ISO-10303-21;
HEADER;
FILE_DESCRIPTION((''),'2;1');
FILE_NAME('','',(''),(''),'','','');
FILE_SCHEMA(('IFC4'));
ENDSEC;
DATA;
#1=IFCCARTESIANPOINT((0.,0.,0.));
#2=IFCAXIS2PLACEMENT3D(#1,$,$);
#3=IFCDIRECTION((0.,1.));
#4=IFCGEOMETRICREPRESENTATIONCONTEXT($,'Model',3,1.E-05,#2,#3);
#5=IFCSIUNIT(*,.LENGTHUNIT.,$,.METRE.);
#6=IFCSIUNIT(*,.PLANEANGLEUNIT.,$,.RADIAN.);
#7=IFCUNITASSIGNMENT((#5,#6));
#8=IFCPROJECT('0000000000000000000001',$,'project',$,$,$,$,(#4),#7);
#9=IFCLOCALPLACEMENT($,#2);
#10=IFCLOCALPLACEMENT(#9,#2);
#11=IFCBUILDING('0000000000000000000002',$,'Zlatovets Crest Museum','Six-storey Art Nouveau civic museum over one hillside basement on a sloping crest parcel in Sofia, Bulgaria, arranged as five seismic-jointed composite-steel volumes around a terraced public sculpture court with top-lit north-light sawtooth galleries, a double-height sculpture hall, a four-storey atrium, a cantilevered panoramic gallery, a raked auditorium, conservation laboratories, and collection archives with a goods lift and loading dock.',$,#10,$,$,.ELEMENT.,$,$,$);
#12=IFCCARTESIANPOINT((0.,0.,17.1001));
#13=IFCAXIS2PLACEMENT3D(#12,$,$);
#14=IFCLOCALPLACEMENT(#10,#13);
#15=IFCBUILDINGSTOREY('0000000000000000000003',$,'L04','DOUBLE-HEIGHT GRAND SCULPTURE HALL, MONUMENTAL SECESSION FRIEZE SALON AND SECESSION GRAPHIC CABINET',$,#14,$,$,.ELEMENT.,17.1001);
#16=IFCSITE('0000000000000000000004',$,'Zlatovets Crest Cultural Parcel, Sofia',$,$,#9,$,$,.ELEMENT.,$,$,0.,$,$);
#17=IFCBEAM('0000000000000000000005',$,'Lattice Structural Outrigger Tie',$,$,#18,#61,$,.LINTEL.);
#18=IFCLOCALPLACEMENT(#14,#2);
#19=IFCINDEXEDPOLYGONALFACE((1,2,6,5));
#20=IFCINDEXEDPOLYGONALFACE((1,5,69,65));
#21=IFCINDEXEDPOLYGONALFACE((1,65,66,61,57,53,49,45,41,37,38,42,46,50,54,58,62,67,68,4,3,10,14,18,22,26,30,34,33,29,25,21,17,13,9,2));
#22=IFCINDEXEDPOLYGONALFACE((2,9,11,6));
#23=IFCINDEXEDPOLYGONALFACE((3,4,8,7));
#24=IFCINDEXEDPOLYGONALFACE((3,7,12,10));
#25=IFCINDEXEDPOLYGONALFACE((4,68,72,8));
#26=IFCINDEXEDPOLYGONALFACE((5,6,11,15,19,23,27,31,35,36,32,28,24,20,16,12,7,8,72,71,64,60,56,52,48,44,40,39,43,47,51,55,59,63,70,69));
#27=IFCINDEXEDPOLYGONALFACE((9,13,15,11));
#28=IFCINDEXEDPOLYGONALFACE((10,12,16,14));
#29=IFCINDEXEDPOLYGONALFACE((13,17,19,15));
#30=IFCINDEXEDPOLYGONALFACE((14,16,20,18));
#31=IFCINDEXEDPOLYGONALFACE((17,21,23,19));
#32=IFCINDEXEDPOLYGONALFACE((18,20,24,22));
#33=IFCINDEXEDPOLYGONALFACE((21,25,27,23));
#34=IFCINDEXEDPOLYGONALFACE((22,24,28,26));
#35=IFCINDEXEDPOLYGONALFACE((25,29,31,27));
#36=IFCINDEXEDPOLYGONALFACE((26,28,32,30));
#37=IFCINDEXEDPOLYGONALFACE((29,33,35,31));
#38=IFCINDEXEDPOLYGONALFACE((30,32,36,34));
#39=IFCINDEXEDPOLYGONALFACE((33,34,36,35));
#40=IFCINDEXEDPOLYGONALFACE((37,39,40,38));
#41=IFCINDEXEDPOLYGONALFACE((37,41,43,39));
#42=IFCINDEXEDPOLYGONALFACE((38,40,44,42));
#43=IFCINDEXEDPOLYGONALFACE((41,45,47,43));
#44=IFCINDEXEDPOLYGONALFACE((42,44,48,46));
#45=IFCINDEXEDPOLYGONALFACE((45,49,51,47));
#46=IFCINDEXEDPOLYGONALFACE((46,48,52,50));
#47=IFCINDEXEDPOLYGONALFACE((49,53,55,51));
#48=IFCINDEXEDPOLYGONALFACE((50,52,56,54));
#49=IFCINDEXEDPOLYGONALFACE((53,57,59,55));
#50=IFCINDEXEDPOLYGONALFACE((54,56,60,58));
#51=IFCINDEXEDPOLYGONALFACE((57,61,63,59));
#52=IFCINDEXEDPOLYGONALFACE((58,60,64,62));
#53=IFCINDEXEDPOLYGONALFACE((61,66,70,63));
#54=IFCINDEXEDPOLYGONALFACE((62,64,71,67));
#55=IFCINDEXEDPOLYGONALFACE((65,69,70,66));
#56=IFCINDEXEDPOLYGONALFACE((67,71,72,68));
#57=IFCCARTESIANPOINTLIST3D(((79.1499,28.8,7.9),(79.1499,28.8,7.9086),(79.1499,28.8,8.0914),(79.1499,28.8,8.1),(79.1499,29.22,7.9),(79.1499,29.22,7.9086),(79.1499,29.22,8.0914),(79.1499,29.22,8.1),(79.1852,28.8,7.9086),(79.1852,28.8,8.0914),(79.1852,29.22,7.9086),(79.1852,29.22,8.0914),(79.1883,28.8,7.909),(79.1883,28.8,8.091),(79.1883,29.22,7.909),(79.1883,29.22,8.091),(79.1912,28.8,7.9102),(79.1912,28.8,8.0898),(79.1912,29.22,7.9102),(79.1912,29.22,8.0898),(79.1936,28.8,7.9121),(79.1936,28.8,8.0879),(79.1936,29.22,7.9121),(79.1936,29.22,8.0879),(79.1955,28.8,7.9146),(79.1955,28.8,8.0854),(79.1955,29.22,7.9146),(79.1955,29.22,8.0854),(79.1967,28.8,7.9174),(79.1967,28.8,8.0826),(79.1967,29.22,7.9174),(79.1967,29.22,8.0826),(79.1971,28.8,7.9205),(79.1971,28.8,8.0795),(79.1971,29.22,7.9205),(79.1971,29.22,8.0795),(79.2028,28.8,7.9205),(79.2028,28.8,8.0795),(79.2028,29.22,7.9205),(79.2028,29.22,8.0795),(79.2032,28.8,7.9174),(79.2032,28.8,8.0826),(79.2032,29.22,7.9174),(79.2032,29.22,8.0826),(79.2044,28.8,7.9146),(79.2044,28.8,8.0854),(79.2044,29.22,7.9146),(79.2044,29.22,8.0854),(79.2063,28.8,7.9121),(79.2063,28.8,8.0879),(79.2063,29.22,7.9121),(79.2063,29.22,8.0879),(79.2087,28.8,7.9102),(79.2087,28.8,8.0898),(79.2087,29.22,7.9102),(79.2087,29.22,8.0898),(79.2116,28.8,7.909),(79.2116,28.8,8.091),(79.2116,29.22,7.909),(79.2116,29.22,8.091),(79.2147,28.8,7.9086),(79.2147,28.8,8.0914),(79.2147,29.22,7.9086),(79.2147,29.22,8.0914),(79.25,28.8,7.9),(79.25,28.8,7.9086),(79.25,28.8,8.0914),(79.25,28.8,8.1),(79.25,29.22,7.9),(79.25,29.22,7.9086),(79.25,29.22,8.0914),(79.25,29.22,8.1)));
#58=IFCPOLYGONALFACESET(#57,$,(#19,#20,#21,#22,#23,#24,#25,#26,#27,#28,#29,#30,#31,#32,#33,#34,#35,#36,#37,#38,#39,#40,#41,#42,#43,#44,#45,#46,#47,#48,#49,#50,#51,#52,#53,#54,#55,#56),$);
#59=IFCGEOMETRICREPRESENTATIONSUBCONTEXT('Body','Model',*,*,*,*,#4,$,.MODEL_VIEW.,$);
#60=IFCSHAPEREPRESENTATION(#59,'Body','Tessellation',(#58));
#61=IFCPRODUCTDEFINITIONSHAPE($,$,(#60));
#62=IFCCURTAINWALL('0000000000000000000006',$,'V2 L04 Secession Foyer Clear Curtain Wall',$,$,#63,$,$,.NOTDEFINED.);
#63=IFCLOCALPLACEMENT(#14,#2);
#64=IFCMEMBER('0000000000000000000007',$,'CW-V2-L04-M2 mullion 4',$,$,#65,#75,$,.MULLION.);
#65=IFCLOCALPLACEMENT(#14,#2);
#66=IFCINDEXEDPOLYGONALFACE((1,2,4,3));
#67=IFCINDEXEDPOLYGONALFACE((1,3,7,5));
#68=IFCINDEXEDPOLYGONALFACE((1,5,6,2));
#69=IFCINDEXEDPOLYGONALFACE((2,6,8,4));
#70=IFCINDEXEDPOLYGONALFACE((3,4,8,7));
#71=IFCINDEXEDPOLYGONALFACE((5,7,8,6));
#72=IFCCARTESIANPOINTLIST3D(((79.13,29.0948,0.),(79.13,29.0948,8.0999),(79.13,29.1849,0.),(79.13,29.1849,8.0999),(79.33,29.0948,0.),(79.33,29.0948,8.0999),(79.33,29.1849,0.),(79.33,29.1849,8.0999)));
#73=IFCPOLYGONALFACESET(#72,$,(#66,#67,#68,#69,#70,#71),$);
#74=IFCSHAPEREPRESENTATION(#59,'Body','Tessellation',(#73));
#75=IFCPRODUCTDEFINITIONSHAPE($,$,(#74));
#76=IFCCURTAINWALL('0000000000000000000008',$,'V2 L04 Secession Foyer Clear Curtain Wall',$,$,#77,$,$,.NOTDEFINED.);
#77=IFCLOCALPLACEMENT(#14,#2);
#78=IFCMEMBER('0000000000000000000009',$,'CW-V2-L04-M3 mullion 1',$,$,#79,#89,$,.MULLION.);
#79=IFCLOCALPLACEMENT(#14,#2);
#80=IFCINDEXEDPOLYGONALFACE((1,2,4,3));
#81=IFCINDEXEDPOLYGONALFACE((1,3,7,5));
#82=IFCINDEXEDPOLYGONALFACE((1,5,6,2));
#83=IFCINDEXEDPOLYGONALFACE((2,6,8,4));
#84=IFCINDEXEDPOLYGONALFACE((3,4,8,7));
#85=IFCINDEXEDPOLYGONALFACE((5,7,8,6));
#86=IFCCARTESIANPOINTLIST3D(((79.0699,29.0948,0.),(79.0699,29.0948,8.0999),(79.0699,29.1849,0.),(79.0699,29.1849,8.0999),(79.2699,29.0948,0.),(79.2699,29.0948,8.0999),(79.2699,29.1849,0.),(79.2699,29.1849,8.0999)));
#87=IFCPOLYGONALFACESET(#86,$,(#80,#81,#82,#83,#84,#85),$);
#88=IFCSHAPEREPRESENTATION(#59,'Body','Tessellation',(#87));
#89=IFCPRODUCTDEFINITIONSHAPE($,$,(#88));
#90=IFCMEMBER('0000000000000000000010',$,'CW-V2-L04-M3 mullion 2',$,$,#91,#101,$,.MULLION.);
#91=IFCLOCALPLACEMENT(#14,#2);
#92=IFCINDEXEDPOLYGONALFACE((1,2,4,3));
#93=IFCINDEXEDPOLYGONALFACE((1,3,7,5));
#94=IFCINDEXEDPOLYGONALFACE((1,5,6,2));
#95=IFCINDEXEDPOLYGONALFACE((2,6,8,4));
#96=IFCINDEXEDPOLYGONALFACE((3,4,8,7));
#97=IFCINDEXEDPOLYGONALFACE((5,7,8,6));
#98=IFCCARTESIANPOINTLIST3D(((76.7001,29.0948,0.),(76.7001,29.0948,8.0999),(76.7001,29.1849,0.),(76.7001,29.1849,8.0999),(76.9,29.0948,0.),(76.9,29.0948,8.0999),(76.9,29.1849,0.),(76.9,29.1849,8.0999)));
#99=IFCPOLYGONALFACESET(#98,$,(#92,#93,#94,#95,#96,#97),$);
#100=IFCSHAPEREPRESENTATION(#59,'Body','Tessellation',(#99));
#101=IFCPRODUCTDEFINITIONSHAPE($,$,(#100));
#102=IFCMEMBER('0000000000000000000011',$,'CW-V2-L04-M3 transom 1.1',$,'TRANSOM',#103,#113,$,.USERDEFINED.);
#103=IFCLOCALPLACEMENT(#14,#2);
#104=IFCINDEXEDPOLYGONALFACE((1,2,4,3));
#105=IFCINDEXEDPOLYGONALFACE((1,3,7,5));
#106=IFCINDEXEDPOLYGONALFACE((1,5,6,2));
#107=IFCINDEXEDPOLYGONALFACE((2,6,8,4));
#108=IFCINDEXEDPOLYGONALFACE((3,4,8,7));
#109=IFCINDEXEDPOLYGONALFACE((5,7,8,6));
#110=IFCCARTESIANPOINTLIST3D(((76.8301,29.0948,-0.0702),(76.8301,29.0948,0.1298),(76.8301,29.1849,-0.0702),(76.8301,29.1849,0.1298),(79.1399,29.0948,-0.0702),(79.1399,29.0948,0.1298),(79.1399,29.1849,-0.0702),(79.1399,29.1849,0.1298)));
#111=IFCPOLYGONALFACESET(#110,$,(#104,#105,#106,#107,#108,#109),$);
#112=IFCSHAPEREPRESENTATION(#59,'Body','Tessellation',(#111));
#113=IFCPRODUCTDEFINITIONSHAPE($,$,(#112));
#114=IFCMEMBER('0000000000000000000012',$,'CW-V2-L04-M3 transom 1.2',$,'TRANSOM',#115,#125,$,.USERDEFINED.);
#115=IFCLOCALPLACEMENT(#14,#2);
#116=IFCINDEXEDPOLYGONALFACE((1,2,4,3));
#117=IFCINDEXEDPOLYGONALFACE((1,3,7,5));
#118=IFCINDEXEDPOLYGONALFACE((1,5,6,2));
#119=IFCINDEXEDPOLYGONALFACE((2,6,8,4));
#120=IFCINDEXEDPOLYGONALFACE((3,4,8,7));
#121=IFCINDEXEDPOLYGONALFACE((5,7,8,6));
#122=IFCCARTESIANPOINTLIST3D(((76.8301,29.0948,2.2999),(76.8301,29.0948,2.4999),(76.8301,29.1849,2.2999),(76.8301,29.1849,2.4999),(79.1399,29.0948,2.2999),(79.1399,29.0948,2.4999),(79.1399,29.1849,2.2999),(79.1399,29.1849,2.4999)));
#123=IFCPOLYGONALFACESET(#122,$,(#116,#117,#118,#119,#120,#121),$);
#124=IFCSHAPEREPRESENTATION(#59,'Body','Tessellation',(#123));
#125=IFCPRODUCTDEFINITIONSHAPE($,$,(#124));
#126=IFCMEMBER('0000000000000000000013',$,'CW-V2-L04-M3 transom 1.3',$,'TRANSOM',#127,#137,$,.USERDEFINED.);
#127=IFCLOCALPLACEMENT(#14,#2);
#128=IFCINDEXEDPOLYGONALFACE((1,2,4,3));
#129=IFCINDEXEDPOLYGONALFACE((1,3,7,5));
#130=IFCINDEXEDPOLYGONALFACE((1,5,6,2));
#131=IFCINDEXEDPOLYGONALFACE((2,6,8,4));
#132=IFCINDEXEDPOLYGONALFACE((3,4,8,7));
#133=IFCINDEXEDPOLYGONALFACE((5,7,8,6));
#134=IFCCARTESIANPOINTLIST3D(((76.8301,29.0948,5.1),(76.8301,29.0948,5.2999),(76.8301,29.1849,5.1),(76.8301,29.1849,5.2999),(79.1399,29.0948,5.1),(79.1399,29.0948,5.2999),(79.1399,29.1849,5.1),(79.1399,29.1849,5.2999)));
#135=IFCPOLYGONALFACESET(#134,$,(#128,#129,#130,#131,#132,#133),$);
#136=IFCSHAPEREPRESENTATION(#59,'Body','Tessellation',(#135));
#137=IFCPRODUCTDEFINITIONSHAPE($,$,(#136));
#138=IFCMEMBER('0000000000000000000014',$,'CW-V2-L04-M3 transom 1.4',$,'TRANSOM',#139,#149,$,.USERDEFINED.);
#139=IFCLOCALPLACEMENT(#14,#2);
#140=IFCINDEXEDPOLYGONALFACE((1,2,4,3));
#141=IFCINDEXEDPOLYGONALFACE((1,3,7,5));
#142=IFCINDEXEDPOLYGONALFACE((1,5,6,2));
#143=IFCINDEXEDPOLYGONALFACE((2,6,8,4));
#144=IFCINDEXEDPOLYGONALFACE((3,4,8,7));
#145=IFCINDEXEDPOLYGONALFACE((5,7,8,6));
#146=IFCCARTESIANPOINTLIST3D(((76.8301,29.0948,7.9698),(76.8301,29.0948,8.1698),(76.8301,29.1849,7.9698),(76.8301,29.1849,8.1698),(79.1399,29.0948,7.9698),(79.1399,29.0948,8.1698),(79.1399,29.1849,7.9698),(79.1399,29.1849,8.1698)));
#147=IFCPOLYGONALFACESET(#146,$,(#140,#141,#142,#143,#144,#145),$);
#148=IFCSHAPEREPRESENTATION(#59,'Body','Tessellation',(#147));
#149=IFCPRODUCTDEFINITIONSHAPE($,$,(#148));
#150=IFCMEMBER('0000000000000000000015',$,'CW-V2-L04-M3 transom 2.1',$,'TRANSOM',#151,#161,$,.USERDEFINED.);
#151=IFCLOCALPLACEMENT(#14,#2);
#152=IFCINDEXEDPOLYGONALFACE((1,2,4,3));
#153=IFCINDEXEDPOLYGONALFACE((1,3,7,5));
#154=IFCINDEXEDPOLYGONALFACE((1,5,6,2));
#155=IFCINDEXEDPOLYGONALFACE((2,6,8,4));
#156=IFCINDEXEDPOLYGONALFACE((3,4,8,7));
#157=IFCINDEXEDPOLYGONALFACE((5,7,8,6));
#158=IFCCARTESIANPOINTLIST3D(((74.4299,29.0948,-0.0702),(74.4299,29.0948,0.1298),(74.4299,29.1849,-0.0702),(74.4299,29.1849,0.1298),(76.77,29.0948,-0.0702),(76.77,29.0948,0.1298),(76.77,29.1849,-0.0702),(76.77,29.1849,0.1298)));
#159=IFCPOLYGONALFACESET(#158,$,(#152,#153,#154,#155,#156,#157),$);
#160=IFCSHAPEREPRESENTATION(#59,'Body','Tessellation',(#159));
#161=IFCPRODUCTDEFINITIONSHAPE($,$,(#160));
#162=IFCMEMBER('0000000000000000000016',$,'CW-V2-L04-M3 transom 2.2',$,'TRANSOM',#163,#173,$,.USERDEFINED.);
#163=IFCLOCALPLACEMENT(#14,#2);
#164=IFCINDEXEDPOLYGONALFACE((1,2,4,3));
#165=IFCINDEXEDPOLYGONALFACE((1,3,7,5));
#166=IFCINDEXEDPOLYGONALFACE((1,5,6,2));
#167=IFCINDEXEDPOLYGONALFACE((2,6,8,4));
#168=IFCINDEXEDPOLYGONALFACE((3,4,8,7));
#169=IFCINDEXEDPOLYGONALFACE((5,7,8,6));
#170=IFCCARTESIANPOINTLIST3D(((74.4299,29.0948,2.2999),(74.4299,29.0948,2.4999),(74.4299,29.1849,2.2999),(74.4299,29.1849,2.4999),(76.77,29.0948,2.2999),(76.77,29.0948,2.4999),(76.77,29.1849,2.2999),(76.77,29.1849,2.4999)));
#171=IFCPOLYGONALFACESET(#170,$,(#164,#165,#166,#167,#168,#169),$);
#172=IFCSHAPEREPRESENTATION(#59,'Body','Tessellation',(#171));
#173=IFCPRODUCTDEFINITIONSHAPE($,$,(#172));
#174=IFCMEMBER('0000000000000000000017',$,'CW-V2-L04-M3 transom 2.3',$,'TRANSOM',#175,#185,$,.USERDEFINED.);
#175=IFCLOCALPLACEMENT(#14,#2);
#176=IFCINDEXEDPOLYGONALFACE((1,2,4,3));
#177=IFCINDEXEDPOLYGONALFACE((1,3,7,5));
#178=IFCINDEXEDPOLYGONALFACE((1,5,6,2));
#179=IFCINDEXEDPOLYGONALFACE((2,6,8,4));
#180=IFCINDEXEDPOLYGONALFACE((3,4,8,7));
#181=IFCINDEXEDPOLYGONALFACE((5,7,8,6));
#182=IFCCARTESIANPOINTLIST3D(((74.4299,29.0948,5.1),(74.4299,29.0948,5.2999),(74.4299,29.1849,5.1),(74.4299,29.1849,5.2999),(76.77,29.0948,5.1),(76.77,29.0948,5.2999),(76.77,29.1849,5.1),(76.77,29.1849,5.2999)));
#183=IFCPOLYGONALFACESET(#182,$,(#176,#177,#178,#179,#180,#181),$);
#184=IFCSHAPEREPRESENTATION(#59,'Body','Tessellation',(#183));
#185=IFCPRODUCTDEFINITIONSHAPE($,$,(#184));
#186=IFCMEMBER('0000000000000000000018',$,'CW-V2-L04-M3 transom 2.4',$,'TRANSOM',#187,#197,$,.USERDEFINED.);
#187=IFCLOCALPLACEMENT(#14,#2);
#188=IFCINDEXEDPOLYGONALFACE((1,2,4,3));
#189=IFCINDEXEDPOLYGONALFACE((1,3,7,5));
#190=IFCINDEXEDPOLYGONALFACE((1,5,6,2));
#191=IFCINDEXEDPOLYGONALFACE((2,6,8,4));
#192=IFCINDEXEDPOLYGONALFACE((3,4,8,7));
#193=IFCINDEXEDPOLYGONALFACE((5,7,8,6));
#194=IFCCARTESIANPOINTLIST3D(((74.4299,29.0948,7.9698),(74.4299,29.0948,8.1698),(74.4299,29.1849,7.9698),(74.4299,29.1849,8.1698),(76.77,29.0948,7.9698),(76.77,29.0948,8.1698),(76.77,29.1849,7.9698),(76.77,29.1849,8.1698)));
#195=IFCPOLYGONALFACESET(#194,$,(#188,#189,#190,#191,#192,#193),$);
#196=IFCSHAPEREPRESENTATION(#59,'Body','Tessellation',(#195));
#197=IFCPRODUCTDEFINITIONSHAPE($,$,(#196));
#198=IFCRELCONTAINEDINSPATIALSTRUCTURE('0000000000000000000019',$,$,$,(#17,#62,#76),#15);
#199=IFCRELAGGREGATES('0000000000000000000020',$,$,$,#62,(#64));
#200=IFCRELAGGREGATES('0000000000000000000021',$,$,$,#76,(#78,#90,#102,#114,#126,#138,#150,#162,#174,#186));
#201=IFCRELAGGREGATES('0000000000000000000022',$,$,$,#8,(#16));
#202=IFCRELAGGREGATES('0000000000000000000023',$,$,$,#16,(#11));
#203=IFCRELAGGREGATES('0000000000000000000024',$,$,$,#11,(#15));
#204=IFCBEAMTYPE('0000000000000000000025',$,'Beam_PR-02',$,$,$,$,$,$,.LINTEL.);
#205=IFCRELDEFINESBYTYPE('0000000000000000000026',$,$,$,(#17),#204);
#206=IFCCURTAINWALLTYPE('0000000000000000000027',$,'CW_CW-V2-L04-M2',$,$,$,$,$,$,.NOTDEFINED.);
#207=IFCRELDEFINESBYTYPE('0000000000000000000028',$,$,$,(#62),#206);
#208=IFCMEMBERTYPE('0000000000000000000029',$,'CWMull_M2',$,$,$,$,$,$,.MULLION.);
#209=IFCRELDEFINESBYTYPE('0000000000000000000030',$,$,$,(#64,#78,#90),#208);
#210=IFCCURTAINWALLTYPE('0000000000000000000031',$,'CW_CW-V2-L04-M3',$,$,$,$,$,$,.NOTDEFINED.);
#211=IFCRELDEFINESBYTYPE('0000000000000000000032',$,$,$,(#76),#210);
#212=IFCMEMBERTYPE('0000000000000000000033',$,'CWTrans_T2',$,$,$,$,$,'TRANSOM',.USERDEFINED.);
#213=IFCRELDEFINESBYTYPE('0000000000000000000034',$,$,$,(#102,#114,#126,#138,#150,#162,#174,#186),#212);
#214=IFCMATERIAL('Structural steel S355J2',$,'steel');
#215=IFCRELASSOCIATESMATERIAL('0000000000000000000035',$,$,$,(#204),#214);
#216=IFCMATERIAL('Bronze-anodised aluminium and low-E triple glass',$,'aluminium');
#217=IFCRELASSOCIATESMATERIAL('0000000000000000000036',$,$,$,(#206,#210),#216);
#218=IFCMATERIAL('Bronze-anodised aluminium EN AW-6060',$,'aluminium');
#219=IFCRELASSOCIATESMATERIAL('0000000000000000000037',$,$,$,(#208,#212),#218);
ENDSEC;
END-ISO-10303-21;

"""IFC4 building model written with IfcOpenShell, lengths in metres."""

from ifc_helpers import new_model, si_unit, direction, frame, origin, origin_2d, place, context, subcontext, project, spatial, rectangle, i_section, extrude, material, material_profile, profile_set, type_object, element, aggregate, save


model = new_model("IFC4")

# Units and contexts
model_context = context("Model", 3, precision=1e-05, world=origin(), true_north=direction((0.0, 1.0)))
body_context = subcontext(model_context, "Body", "Model", "MODEL_VIEW")
ifc_project = project(units=[si_unit("LENGTHUNIT", "METRE"), si_unit("PLANEANGLEUNIT", "RADIAN")], contexts=[model_context])

# Site, building, storey
site_placement = place(None, origin())
site = spatial("IfcSite", under=ifc_project, at=site_placement, Name="Zlatovets Crest Cultural Parcel, Sofia", CompositionType="ELEMENT", RefElevation=0.0)
building_placement = place(site_placement, origin())
building = spatial("IfcBuilding", under=site, at=building_placement, Name="Zlatovets Crest Museum", Description="Six-storey Art Nouveau civic museum over one hillside basement on a sloping crest parcel in Sofia, Bulgaria, arranged as five seismic-jointed composite-steel volumes around a terraced public sculpture court with top-lit north-light sawtooth galleries, a double-height sculpture hall, a four-storey atrium, a cantilevered panoramic gallery, a raked auditorium, conservation laboratories, and collection archives with a goods lift and loading dock.", CompositionType="ELEMENT")
storey_placement = place(building_placement, frame((0.0, 0.0, 17.1001)))
storey = spatial("IfcBuildingStorey", under=building, at=storey_placement, Name="L04", Description="DOUBLE-HEIGHT GRAND SCULPTURE HALL, MONUMENTAL SECESSION FRIEZE SALON AND SECESSION GRAPHIC CABINET", CompositionType="ELEMENT", Elevation=17.1001)

# Shared definitions
ifc_material_1 = material(Name="Structural steel S355J2", Category="steel")

# Beam
ifc_material_profile_1 = material_profile(ifc_material_1, i_section(OverallWidth=0.1001, OverallDepth=0.2, WebThickness=0.0056, FlangeThickness=0.0085, FilletRadius=0.012, at=origin_2d()), Name="IPE 200")
ifc_profile_set_1 = profile_set([ifc_material_profile_1], Name="Structural steel S355J2")
beam_type_1 = type_object("IfcBeamType", Name="Beam_PR-02", PredefinedType="LINTEL", material=ifc_profile_set_1)
for number, where, z_axis, x_axis, name in (
    (1, (79.2, 28.8, 8.0), (0.0, 1.0, 0.0), (-1.0, 0.0, 0.0), "Lattice Structural Outrigger Tie"),
):
    element("IfcBeam", number, at=place(storey_placement, frame(where, z_axis=z_axis, x_axis=x_axis)), inside=storey, type_object=beam_type_1, Name=name, PredefinedType="LINTEL", context=body_context, shape_type="SweptSolid", body=[
        extrude(i_section(OverallWidth=0.1001, OverallDepth=0.2, WebThickness=0.0056, FlangeThickness=0.0085, FilletRadius=0.012, at=origin_2d()), origin(), (0.0, 0.0, 1.0), 0.4199),
    ])

# Curtain wall, member
ifc_material_2 = material(Name="Bronze-anodised aluminium and low-E triple glass", Category="aluminium")
curtain_wall_type_1 = type_object("IfcCurtainWallType", Name="CW_CW-V2-L04-M2", PredefinedType="NOTDEFINED", material=ifc_material_2)
curtain_wall_1_placement = place(storey_placement, origin())
curtain_wall_1 = element("IfcCurtainWall", 2, at=curtain_wall_1_placement, inside=storey, type_object=curtain_wall_type_1, Name="V2 L04 Secession Foyer Clear Curtain Wall", PredefinedType="NOTDEFINED")
ifc_material_3 = material(Name="Bronze-anodised aluminium EN AW-6060", Category="aluminium")
ifc_material_profile_2 = material_profile(ifc_material_3, rectangle(XDim=0.0901, YDim=0.2, at=origin_2d()), Name="ALU 90x200")
ifc_profile_set_2 = profile_set([ifc_material_profile_2], Name="Bronze-anodised aluminium EN AW-6060")
member_type_1 = type_object("IfcMemberType", Name="CWMull_M2", PredefinedType="MULLION", material=ifc_profile_set_2)
member_1_placement = place(storey_placement, frame((79.23, 29.1399, 0.0), z_axis=(0.0, 0.0, 1.0), x_axis=(0.0, -1.0, 0.0)))
member_1 = element("IfcMember", 3, at=member_1_placement, type_object=member_type_1, Name="CW-V2-L04-M2 mullion 4", PredefinedType="MULLION", context=body_context, shape_type="SweptSolid", body=[
    extrude(rectangle(XDim=0.0901, YDim=0.2, at=origin_2d()), origin(), (0.0, 0.0, 1.0), 8.0999),
])

# Curtain wall, members
curtain_wall_type_2 = type_object("IfcCurtainWallType", Name="CW_CW-V2-L04-M3", PredefinedType="NOTDEFINED", material=ifc_material_2)
curtain_wall_2_placement = place(storey_placement, origin())
curtain_wall_2 = element("IfcCurtainWall", 4, at=curtain_wall_2_placement, inside=storey, type_object=curtain_wall_type_2, Name="V2 L04 Secession Foyer Clear Curtain Wall", PredefinedType="NOTDEFINED")
member_2_placement = place(storey_placement, frame((79.1699, 29.1399, 0.0), z_axis=(0.0, 0.0, 1.0), x_axis=(0.0, -1.0, 0.0)))
member_2 = element("IfcMember", 5, at=member_2_placement, type_object=member_type_1, Name="CW-V2-L04-M3 mullion 1", PredefinedType="MULLION", context=body_context, shape_type="SweptSolid", body=[
    extrude(rectangle(XDim=0.0901, YDim=0.2, at=origin_2d()), origin(), (0.0, 0.0, 1.0), 8.0999),
])
member_3_placement = place(storey_placement, frame((76.8, 29.1399, 0.0), z_axis=(0.0, 0.0, 1.0), x_axis=(0.0, -1.0, 0.0)))
member_3 = element("IfcMember", 6, at=member_3_placement, type_object=member_type_1, Name="CW-V2-L04-M3 mullion 2", PredefinedType="MULLION", context=body_context, shape_type="SweptSolid", body=[
    extrude(rectangle(XDim=0.0901, YDim=0.2, at=origin_2d()), origin(), (0.0, 0.0, 1.0), 8.0999),
])
ifc_material_profile_3 = material_profile(ifc_material_3, rectangle(XDim=0.0901, YDim=0.2, at=origin_2d()), Name="ALU 90x200")
ifc_profile_set_3 = profile_set([ifc_material_profile_3], Name="Bronze-anodised aluminium EN AW-6060")
member_type_2 = type_object("IfcMemberType", Name="CWTrans_T2", ElementType="TRANSOM", PredefinedType="USERDEFINED", material=ifc_profile_set_3)
member_4_placement = place(storey_placement, frame((79.1399, 29.1399, 0.0298), z_axis=(-1.0, 0.0, 0.0), x_axis=(0.0, -1.0, 0.0)))
member_4 = element("IfcMember", 7, at=member_4_placement, type_object=member_type_2, Name="CW-V2-L04-M3 transom 1.1", ObjectType="TRANSOM", PredefinedType="USERDEFINED", context=body_context, shape_type="SweptSolid", body=[
    extrude(rectangle(XDim=0.0901, YDim=0.2, at=origin_2d()), origin(), (0.0, 0.0, 1.0), 2.3098),
])
member_5_placement = place(storey_placement, frame((79.1399, 29.1399, 2.3999), z_axis=(-1.0, 0.0, 0.0), x_axis=(0.0, -1.0, 0.0)))
member_5 = element("IfcMember", 8, at=member_5_placement, type_object=member_type_2, Name="CW-V2-L04-M3 transom 1.2", ObjectType="TRANSOM", PredefinedType="USERDEFINED", context=body_context, shape_type="SweptSolid", body=[
    extrude(rectangle(XDim=0.0901, YDim=0.2, at=origin_2d()), origin(), (0.0, 0.0, 1.0), 2.3098),
])
member_6_placement = place(storey_placement, frame((79.1399, 29.1399, 5.2), z_axis=(-1.0, 0.0, 0.0), x_axis=(0.0, -1.0, 0.0)))
member_6 = element("IfcMember", 9, at=member_6_placement, type_object=member_type_2, Name="CW-V2-L04-M3 transom 1.3", ObjectType="TRANSOM", PredefinedType="USERDEFINED", context=body_context, shape_type="SweptSolid", body=[
    extrude(rectangle(XDim=0.0901, YDim=0.2, at=origin_2d()), origin(), (0.0, 0.0, 1.0), 2.3098),
])
member_7_placement = place(storey_placement, frame((79.1399, 29.1399, 8.0698), z_axis=(-1.0, 0.0, 0.0), x_axis=(0.0, -1.0, 0.0)))
member_7 = element("IfcMember", 10, at=member_7_placement, type_object=member_type_2, Name="CW-V2-L04-M3 transom 1.4", ObjectType="TRANSOM", PredefinedType="USERDEFINED", context=body_context, shape_type="SweptSolid", body=[
    extrude(rectangle(XDim=0.0901, YDim=0.2, at=origin_2d()), origin(), (0.0, 0.0, 1.0), 2.3098),
])
member_8_placement = place(storey_placement, frame((76.77, 29.1399, 0.0298), z_axis=(-1.0, 0.0, 0.0), x_axis=(0.0, -1.0, 0.0)))
member_8 = element("IfcMember", 11, at=member_8_placement, type_object=member_type_2, Name="CW-V2-L04-M3 transom 2.1", ObjectType="TRANSOM", PredefinedType="USERDEFINED", context=body_context, shape_type="SweptSolid", body=[
    extrude(rectangle(XDim=0.0901, YDim=0.2, at=origin_2d()), origin(), (0.0, 0.0, 1.0), 2.3401),
])
member_9_placement = place(storey_placement, frame((76.77, 29.1399, 2.3999), z_axis=(-1.0, 0.0, 0.0), x_axis=(0.0, -1.0, 0.0)))
member_9 = element("IfcMember", 12, at=member_9_placement, type_object=member_type_2, Name="CW-V2-L04-M3 transom 2.2", ObjectType="TRANSOM", PredefinedType="USERDEFINED", context=body_context, shape_type="SweptSolid", body=[
    extrude(rectangle(XDim=0.0901, YDim=0.2, at=origin_2d()), origin(), (0.0, 0.0, 1.0), 2.3401),
])
member_10_placement = place(storey_placement, frame((76.77, 29.1399, 5.2), z_axis=(-1.0, 0.0, 0.0), x_axis=(0.0, -1.0, 0.0)))
member_10 = element("IfcMember", 13, at=member_10_placement, type_object=member_type_2, Name="CW-V2-L04-M3 transom 2.3", ObjectType="TRANSOM", PredefinedType="USERDEFINED", context=body_context, shape_type="SweptSolid", body=[
    extrude(rectangle(XDim=0.0901, YDim=0.2, at=origin_2d()), origin(), (0.0, 0.0, 1.0), 2.3401),
])
member_11_placement = place(storey_placement, frame((76.77, 29.1399, 8.0698), z_axis=(-1.0, 0.0, 0.0), x_axis=(0.0, -1.0, 0.0)))
member_11 = element("IfcMember", 14, at=member_11_placement, type_object=member_type_2, Name="CW-V2-L04-M3 transom 2.4", ObjectType="TRANSOM", PredefinedType="USERDEFINED", context=body_context, shape_type="SweptSolid", body=[
    extrude(rectangle(XDim=0.0901, YDim=0.2, at=origin_2d()), origin(), (0.0, 0.0, 1.0), 2.3401),
])

aggregate(curtain_wall_1, [member_1])
aggregate(curtain_wall_2, [member_2, member_3, member_4, member_5, member_6, member_7, member_8, member_9, member_10, member_11])

save(model, "model.ifc")
